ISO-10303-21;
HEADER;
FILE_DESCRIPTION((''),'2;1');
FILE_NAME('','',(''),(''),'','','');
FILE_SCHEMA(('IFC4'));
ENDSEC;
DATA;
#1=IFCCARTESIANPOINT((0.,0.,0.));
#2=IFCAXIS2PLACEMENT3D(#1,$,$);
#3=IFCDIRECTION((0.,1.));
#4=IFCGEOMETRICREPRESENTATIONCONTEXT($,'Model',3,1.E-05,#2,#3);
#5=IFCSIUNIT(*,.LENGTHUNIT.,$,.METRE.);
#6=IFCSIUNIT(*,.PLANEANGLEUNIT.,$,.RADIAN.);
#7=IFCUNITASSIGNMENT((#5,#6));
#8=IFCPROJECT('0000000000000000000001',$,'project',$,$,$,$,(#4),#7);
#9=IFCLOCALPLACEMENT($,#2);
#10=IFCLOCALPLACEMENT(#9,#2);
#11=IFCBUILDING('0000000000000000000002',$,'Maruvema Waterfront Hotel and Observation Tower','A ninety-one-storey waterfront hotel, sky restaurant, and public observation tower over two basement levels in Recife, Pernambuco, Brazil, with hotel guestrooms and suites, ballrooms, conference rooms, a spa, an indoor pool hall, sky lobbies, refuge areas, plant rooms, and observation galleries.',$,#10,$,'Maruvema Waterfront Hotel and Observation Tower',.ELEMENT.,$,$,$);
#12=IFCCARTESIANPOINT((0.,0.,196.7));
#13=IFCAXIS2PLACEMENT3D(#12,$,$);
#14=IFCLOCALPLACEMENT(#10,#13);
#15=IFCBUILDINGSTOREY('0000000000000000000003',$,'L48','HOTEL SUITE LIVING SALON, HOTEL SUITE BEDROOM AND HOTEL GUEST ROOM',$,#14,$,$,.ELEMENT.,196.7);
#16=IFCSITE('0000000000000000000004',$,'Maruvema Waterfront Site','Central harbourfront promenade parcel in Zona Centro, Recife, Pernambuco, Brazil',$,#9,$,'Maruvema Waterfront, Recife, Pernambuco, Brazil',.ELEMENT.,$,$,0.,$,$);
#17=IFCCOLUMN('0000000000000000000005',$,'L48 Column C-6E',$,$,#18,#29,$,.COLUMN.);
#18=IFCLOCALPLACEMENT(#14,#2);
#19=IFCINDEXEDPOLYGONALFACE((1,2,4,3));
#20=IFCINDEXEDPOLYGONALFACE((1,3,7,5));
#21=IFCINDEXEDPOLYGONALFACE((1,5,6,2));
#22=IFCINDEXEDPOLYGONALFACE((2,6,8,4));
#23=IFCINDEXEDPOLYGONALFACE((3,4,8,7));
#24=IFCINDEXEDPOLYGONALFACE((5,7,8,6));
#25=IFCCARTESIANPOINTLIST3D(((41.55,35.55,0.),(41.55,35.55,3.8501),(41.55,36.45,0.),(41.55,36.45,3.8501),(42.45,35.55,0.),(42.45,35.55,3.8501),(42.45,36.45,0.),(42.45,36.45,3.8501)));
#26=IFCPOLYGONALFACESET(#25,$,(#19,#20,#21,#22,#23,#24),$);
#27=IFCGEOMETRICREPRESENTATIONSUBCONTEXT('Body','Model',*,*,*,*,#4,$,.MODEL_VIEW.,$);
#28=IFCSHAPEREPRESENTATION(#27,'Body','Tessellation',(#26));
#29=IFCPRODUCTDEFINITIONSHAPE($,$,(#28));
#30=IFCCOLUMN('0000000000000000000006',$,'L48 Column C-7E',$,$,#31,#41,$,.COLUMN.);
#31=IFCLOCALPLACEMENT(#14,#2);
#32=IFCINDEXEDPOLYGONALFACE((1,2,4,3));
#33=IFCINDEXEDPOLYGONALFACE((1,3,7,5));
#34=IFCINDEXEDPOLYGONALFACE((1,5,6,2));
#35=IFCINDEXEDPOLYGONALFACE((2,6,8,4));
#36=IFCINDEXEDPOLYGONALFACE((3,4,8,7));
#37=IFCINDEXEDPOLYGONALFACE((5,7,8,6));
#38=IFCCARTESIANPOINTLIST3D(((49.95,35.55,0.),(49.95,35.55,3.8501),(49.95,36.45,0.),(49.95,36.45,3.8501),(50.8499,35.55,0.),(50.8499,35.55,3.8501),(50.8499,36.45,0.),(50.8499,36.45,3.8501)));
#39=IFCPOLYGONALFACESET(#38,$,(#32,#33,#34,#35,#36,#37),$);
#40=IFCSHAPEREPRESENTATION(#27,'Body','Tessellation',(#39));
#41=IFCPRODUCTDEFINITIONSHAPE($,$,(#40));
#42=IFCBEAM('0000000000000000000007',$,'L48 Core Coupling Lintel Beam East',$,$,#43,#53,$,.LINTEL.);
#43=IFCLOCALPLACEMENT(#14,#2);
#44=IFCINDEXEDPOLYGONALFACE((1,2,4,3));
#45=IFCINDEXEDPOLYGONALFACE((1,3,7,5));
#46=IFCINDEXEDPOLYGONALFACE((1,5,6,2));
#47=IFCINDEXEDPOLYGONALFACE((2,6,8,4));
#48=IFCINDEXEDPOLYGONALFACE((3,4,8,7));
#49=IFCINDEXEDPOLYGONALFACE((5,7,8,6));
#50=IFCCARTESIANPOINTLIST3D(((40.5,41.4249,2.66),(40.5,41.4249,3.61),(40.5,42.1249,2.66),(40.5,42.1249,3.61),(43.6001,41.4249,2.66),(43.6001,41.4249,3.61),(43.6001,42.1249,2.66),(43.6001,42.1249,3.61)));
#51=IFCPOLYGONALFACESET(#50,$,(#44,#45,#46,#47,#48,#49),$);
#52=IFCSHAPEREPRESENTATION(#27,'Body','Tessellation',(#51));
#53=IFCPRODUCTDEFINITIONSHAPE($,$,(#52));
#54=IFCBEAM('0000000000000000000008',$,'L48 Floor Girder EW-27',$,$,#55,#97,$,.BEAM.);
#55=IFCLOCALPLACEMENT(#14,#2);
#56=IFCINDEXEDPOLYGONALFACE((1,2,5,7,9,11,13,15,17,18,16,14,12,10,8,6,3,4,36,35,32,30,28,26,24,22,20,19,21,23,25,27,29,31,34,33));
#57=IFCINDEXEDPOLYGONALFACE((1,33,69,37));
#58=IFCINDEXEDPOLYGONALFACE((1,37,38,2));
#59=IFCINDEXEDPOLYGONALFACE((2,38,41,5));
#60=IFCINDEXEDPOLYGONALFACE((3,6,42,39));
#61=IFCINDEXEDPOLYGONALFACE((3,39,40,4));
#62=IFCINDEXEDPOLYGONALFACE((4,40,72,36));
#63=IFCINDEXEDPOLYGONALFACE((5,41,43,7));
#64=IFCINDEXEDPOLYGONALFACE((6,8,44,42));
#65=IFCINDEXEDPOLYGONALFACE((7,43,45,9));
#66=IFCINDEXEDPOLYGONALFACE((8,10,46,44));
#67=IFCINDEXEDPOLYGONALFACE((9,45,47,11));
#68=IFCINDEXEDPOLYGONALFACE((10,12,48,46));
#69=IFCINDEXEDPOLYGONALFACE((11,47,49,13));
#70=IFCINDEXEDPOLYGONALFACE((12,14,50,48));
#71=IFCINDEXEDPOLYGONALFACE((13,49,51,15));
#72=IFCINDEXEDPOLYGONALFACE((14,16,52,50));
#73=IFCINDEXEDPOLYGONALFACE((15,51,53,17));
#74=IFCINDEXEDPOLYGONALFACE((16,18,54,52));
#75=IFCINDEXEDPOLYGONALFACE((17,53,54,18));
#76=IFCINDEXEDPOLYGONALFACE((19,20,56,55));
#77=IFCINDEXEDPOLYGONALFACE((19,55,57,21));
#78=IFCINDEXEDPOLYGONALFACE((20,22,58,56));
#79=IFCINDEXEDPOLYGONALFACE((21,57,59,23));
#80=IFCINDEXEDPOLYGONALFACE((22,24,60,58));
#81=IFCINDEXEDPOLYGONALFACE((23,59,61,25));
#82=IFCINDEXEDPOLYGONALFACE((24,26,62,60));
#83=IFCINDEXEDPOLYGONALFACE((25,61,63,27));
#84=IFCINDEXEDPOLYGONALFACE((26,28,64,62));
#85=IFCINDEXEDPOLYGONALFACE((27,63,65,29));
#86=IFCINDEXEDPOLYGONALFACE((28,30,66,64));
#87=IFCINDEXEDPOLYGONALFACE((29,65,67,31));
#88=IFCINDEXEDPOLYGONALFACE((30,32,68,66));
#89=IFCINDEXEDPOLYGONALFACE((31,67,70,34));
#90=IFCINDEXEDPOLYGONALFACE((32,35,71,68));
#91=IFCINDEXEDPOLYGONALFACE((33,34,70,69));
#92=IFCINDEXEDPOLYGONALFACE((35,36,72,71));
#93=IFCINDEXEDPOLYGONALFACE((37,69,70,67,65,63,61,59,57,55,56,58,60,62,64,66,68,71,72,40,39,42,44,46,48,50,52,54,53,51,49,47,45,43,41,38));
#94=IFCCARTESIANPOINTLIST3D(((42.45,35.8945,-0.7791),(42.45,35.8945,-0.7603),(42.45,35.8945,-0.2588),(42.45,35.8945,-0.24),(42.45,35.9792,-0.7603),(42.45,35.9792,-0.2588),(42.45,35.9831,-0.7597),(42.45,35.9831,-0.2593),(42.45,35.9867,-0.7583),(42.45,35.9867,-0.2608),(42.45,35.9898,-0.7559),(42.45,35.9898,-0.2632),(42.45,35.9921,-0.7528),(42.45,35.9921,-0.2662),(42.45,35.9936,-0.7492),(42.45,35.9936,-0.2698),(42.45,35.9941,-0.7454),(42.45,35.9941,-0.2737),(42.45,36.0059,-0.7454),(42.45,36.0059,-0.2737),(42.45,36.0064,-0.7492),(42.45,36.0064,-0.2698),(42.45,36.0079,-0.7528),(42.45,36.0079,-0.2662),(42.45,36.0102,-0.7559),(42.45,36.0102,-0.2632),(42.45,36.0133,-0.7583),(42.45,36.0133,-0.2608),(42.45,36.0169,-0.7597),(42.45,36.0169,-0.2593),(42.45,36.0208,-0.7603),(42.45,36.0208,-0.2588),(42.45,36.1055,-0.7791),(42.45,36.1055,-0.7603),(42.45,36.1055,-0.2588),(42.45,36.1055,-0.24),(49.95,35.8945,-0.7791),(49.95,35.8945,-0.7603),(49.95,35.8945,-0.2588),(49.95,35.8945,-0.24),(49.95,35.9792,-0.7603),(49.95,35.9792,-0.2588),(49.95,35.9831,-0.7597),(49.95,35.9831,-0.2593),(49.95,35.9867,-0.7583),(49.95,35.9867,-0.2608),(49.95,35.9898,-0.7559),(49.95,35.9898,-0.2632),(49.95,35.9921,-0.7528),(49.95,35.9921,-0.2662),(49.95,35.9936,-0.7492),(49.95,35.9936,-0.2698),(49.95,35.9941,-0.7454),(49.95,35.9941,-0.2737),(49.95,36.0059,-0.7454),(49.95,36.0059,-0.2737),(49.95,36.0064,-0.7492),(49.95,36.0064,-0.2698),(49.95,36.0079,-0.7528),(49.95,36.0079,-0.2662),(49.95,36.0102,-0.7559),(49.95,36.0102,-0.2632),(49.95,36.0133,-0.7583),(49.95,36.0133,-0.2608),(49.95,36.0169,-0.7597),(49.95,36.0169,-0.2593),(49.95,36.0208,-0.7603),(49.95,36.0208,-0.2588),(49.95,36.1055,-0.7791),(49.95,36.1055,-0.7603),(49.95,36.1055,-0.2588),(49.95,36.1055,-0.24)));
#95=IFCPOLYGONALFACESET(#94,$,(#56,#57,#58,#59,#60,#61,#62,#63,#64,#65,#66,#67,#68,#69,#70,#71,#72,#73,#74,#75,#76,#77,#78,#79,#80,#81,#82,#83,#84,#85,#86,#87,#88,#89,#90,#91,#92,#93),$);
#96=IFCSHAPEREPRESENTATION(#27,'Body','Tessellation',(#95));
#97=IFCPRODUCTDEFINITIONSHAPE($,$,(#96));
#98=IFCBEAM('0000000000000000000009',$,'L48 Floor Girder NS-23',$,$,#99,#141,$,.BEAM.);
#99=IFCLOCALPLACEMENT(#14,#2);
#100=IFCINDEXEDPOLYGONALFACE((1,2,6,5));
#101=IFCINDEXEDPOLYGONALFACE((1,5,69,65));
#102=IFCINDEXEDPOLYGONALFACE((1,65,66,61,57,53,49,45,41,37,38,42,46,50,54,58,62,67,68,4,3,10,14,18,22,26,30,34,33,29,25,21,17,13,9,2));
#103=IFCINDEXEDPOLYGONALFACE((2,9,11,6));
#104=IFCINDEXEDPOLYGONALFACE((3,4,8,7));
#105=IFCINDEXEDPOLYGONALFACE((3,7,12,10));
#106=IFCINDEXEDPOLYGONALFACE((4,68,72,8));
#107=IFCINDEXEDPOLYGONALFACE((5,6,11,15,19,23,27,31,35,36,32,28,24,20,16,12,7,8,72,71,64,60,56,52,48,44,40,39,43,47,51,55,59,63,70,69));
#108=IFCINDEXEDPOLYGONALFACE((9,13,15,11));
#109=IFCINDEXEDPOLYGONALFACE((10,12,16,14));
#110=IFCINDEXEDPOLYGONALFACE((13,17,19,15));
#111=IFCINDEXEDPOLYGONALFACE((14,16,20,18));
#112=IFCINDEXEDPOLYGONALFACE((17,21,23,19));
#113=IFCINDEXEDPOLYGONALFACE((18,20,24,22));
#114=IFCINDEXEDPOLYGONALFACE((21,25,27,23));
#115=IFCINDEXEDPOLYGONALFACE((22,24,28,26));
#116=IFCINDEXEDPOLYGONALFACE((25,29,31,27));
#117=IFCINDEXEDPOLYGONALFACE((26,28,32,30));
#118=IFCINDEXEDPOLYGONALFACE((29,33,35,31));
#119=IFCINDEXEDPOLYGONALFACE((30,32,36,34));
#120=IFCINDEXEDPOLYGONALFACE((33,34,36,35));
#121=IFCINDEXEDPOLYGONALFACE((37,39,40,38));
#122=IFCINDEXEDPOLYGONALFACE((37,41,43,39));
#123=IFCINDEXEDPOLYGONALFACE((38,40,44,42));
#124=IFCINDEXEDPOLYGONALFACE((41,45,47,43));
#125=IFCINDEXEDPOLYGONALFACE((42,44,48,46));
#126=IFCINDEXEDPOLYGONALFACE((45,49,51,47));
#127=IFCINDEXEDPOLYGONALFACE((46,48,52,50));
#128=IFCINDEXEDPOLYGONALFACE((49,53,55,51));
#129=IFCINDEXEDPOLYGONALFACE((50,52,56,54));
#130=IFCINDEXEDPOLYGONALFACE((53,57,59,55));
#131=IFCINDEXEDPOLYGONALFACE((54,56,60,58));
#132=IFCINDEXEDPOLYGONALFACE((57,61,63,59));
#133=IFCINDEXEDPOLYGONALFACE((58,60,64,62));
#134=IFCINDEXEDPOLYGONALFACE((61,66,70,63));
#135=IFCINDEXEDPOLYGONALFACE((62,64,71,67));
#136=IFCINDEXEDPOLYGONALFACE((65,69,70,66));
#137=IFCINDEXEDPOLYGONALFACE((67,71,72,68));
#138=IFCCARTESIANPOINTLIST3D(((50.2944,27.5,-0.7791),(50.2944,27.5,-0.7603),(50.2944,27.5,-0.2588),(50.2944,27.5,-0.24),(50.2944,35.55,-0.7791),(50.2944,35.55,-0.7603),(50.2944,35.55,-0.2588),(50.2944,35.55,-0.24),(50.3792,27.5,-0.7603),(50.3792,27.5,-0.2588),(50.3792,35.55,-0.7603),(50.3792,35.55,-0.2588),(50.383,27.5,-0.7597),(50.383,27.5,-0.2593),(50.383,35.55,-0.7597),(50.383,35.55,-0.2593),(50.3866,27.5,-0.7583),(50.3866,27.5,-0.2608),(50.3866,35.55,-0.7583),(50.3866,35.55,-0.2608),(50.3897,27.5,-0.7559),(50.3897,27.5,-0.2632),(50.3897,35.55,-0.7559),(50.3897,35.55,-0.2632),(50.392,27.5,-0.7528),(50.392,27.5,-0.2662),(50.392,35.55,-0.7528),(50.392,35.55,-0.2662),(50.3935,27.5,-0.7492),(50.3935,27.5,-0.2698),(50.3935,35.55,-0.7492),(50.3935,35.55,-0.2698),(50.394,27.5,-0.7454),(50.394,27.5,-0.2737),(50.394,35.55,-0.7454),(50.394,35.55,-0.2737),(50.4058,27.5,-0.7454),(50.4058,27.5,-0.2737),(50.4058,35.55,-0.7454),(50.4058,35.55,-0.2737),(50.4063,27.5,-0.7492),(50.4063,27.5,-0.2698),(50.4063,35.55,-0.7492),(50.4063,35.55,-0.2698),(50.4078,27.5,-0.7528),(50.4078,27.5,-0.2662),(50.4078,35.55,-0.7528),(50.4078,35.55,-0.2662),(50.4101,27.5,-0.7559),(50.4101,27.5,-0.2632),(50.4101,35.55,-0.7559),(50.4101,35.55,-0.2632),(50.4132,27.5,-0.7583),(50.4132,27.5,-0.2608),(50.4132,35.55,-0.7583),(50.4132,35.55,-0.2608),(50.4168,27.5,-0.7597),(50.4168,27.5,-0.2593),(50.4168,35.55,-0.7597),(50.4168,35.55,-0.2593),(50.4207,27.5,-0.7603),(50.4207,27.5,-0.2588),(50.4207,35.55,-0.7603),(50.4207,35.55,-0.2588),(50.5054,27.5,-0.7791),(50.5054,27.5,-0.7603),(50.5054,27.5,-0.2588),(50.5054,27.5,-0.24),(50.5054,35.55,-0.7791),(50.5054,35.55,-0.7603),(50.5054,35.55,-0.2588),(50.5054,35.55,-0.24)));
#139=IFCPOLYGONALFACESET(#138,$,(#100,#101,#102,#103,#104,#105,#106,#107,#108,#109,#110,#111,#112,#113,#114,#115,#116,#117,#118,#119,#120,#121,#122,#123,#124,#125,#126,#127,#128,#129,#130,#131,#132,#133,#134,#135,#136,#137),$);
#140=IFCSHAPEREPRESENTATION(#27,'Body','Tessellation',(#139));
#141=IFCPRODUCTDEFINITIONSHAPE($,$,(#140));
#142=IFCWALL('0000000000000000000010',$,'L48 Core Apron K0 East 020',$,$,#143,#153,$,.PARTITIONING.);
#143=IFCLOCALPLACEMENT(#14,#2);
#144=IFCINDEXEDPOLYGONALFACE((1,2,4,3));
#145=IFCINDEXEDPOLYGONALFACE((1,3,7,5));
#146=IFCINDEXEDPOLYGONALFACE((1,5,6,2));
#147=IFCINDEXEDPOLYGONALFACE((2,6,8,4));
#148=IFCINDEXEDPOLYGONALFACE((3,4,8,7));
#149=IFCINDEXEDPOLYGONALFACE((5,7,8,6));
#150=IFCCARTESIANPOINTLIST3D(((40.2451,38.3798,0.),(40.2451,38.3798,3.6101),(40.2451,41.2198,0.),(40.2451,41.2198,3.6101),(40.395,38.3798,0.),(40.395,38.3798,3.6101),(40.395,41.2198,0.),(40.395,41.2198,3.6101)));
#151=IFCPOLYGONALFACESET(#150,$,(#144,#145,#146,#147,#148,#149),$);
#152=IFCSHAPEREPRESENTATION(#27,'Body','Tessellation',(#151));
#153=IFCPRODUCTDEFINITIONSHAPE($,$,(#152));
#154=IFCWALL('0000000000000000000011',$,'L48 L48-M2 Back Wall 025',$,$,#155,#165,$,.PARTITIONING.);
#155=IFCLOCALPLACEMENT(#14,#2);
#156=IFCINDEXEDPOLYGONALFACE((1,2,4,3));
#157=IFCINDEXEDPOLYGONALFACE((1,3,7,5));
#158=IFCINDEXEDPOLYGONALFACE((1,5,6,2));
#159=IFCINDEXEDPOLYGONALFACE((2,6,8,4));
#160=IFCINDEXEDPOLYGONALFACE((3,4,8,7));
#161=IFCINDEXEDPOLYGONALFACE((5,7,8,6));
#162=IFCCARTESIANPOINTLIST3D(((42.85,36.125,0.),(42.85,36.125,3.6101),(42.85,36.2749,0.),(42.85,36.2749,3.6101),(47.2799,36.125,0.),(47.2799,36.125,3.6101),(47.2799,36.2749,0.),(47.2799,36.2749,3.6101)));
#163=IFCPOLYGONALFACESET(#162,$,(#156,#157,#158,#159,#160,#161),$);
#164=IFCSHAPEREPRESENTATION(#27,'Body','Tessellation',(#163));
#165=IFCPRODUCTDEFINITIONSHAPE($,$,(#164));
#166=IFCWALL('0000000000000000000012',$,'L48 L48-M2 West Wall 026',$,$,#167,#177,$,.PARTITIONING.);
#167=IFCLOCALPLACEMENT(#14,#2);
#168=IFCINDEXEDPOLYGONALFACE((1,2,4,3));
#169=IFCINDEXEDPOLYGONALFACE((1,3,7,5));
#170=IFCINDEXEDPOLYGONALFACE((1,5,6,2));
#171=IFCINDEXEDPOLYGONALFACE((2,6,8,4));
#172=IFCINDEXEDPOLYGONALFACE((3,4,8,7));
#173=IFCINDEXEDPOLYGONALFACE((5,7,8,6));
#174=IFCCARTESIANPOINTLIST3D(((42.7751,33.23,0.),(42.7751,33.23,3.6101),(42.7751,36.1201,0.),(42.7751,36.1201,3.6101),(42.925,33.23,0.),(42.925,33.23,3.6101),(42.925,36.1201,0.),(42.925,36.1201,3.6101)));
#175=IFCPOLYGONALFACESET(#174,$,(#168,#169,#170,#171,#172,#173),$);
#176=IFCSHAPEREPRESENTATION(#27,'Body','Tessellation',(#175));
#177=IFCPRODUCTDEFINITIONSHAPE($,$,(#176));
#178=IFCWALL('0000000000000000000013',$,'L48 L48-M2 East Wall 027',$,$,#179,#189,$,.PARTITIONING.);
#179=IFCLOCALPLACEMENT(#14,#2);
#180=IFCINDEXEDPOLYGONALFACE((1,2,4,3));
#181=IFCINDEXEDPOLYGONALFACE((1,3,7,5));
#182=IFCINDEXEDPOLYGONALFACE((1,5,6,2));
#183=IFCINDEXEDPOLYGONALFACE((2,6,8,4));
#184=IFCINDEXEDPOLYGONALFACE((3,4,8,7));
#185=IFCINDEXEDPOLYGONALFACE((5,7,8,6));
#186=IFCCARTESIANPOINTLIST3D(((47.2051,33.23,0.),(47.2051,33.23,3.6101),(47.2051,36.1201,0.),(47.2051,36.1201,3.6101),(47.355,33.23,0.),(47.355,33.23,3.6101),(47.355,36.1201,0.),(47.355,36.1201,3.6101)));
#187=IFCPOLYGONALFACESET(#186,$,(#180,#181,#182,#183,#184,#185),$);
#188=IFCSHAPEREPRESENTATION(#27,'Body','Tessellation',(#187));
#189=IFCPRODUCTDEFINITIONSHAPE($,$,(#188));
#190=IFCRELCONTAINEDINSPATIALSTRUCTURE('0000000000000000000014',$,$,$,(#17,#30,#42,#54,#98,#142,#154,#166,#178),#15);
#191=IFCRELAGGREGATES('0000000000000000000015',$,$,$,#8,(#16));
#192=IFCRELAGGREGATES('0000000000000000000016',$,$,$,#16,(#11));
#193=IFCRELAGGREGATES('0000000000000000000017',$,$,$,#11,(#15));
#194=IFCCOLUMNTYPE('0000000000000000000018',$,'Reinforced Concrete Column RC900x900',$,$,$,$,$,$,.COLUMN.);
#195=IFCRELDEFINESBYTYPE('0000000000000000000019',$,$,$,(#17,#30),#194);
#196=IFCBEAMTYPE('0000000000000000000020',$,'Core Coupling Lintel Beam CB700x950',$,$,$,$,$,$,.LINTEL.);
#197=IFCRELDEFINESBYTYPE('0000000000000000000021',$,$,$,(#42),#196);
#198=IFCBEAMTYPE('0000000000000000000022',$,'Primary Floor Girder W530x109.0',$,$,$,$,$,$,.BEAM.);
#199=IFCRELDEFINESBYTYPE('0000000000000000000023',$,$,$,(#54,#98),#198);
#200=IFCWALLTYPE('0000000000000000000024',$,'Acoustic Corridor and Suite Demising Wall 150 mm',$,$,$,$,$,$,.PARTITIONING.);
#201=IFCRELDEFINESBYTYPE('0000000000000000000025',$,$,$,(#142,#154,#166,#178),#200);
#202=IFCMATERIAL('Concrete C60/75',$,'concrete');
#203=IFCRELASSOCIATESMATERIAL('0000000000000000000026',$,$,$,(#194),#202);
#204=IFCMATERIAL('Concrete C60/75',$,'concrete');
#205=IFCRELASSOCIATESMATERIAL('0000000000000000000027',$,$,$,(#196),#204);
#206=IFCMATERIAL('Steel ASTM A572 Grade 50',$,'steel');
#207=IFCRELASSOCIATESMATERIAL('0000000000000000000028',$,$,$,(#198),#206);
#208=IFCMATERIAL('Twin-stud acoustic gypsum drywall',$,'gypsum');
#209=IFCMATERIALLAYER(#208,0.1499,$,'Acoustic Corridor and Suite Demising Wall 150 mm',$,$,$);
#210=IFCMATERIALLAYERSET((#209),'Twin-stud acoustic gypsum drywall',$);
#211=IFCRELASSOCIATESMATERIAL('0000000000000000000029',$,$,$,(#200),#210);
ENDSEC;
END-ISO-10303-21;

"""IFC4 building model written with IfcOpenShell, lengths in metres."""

from ifc_helpers import new_model, si_unit, direction, frame, frame_2d, origin, origin_2d, place, context, subcontext, project, spatial, rectangle, i_section, extrude, material, layer, layer_set, material_profile, profile_set, type_object, element, save


model = new_model("IFC4")

# Units and contexts
model_context = context("Model", 3, precision=1e-05, world=origin(), true_north=direction((0.0, 1.0)))
body_context = subcontext(model_context, "Body", "Model", "MODEL_VIEW")
ifc_project = project(units=[si_unit("LENGTHUNIT", "METRE"), si_unit("PLANEANGLEUNIT", "RADIAN")], contexts=[model_context])

# Site, building, storey
site_placement = place(None, origin())
site = spatial("IfcSite", under=ifc_project, at=site_placement, Name="Maruvema Waterfront Site", Description="Central harbourfront promenade parcel in Zona Centro, Recife, Pernambuco, Brazil", LongName="Maruvema Waterfront, Recife, Pernambuco, Brazil", CompositionType="ELEMENT", RefElevation=0.0)
building_placement = place(site_placement, origin())
building = spatial("IfcBuilding", under=site, at=building_placement, Name="Maruvema Waterfront Hotel and Observation Tower", Description="A ninety-one-storey waterfront hotel, sky restaurant, and public observation tower over two basement levels in Recife, Pernambuco, Brazil, with hotel guestrooms and suites, ballrooms, conference rooms, a spa, an indoor pool hall, sky lobbies, refuge areas, plant rooms, and observation galleries.", LongName="Maruvema Waterfront Hotel and Observation Tower", CompositionType="ELEMENT")
storey_placement = place(building_placement, frame((0.0, 0.0, 196.7)))
storey = spatial("IfcBuildingStorey", under=building, at=storey_placement, Name="L48", Description="HOTEL SUITE LIVING SALON, HOTEL SUITE BEDROOM AND HOTEL GUEST ROOM", CompositionType="ELEMENT", Elevation=196.7)

# Columns
ifc_material_1 = material(Name="Concrete C60/75", Category="concrete")
ifc_material_profile_1 = material_profile(ifc_material_1, rectangle(XDim=0.8999, YDim=0.8999, at=origin_2d()), Name="RC900x900")
ifc_profile_set_1 = profile_set([ifc_material_profile_1], Name="Concrete C60/75")
column_type = type_object("IfcColumnType", Name="Reinforced Concrete Column RC900x900", PredefinedType="COLUMN", material=ifc_profile_set_1)
for number, where, z_axis, x_axis, name in (
    (1, (42.0, 36.0, 0.0), (0.0, 0.0, 1.0), (1.0, 0.0, 0.0), "L48 Column C-6E"),
    (2, (50.3999, 36.0, 0.0), (0.0, 0.0, 1.0), (1.0, 0.0, 0.0), "L48 Column C-7E"),
):
    element("IfcColumn", number, at=place(storey_placement, frame(where, z_axis=z_axis, x_axis=x_axis)), inside=storey, type_object=column_type, Name=name, PredefinedType="COLUMN", context=body_context, shape_type="SweptSolid", body=[
        extrude(rectangle(XDim=0.8999, YDim=0.8999, at=origin_2d()), origin(), (0.0, 0.0, 1.0), 3.8501),
    ])

# Beams
ifc_material_2 = material(Name="Concrete C60/75", Category="concrete")
ifc_material_profile_2 = material_profile(ifc_material_2, rectangle(XDim=0.7, YDim=0.95, at=origin_2d()), Name="CB700x950")
ifc_profile_set_2 = profile_set([ifc_material_profile_2], Name="Concrete C60/75")
beam_type_1 = type_object("IfcBeamType", Name="Core Coupling Lintel Beam CB700x950", PredefinedType="LINTEL", material=ifc_profile_set_2)
beam_1_placement = place(storey_placement, frame((40.5, 41.7749, 3.135), z_axis=(1.0, 0.0, 0.0), x_axis=(0.0, 1.0, 0.0)))
element("IfcBeam", 3, at=beam_1_placement, inside=storey, type_object=beam_type_1, Name="L48 Core Coupling Lintel Beam East", PredefinedType="LINTEL", context=body_context, shape_type="SweptSolid", body=[
    extrude(rectangle(XDim=0.7, YDim=0.95, at=origin_2d()), origin(), (0.0, 0.0, 1.0), 3.1001),
])
ifc_material_3 = material(Name="Steel ASTM A572 Grade 50", Category="steel")
ifc_material_profile_3 = material_profile(ifc_material_3, i_section(OverallWidth=0.2109, OverallDepth=0.5391, WebThickness=0.0117, FlangeThickness=0.0188, FilletRadius=0.0149, at=origin_2d()), Name="W530x109.0")
ifc_profile_set_3 = profile_set([ifc_material_profile_3], Name="Steel ASTM A572 Grade 50")
beam_type_2 = type_object("IfcBeamType", Name="Primary Floor Girder W530x109.0", PredefinedType="BEAM", material=ifc_profile_set_3)
beam_2_placement = place(storey_placement, frame((42.45, 36.0, -0.5095), z_axis=(1.0, 0.0, 0.0), x_axis=(0.0, 1.0, 0.0)))
element("IfcBeam", 4, at=beam_2_placement, inside=storey, type_object=beam_type_2, Name="L48 Floor Girder EW-27", PredefinedType="BEAM", context=body_context, shape_type="SweptSolid", body=[
    extrude(i_section(OverallWidth=0.2109, OverallDepth=0.5391, WebThickness=0.0117, FlangeThickness=0.0188, FilletRadius=0.0149, at=origin_2d()), origin(), (0.0, 0.0, 1.0), 7.5),
])
beam_3_placement = place(storey_placement, frame((50.3999, 27.5, -0.5095), z_axis=(0.0, 1.0, 0.0), x_axis=(-1.0, 0.0, 0.0)))
element("IfcBeam", 5, at=beam_3_placement, inside=storey, type_object=beam_type_2, Name="L48 Floor Girder NS-23", PredefinedType="BEAM", context=body_context, shape_type="SweptSolid", body=[
    extrude(i_section(OverallWidth=0.2109, OverallDepth=0.5391, WebThickness=0.0117, FlangeThickness=0.0188, FilletRadius=0.0149, at=origin_2d()), origin(), (0.0, 0.0, 1.0), 8.05),
])

# Walls
ifc_material_4 = material(Name="Twin-stud acoustic gypsum drywall", Category="gypsum")
ifc_layer_1 = layer(ifc_material_4, 0.1499, Name="Acoustic Corridor and Suite Demising Wall 150 mm")
ifc_layer_set_1 = layer_set([ifc_layer_1], Name="Twin-stud acoustic gypsum drywall")
wall_type_1 = type_object("IfcWallType", Name="Acoustic Corridor and Suite Demising Wall 150 mm", PredefinedType="PARTITIONING", material=ifc_layer_set_1)
wall_1_placement = place(storey_placement, frame((40.3201, 38.3799, 0.0), z_axis=(0.0, 0.0, 1.0), x_axis=(0.0, 1.0, 0.0)))
element("IfcWall", 6, at=wall_1_placement, inside=storey, type_object=wall_type_1, Name="L48 Core Apron K0 East 020", PredefinedType="PARTITIONING", context=body_context, shape_type="SweptSolid", body=[
    extrude(rectangle(XDim=2.8401, YDim=0.1499, at=frame_2d((1.4199, 0.0))), origin(), (0.0, 0.0, 1.0), 3.6101),
])
wall_2_placement = place(storey_placement, frame((42.8501, 36.2, 0.0), z_axis=(0.0, 0.0, 1.0), x_axis=(1.0, 0.0, 0.0)))
element("IfcWall", 7, at=wall_2_placement, inside=storey, type_object=wall_type_1, Name="L48 L48-M2 Back Wall 025", PredefinedType="PARTITIONING", context=body_context, shape_type="SweptSolid", body=[
    extrude(rectangle(XDim=4.4299, YDim=0.1499, at=frame_2d((2.2148, 0.0))), origin(), (0.0, 0.0, 1.0), 3.6101),
])
for number, where, z_axis, x_axis, name in (
    (8, (42.8501, 33.23, 0.0), (0.0, 0.0, 1.0), (0.0, 1.0, 0.0), "L48 L48-M2 West Wall 026"),
    (9, (47.28, 33.23, 0.0), (0.0, 0.0, 1.0), (0.0, 1.0, 0.0), "L48 L48-M2 East Wall 027"),
):
    element("IfcWall", number, at=place(storey_placement, frame(where, z_axis=z_axis, x_axis=x_axis)), inside=storey, type_object=wall_type_1, Name=name, PredefinedType="PARTITIONING", context=body_context, shape_type="SweptSolid", body=[
        extrude(rectangle(XDim=2.8901, YDim=0.1499, at=frame_2d((1.4451, 0.0))), origin(), (0.0, 0.0, 1.0), 3.6101),
    ])

save(model, "model.ifc")
